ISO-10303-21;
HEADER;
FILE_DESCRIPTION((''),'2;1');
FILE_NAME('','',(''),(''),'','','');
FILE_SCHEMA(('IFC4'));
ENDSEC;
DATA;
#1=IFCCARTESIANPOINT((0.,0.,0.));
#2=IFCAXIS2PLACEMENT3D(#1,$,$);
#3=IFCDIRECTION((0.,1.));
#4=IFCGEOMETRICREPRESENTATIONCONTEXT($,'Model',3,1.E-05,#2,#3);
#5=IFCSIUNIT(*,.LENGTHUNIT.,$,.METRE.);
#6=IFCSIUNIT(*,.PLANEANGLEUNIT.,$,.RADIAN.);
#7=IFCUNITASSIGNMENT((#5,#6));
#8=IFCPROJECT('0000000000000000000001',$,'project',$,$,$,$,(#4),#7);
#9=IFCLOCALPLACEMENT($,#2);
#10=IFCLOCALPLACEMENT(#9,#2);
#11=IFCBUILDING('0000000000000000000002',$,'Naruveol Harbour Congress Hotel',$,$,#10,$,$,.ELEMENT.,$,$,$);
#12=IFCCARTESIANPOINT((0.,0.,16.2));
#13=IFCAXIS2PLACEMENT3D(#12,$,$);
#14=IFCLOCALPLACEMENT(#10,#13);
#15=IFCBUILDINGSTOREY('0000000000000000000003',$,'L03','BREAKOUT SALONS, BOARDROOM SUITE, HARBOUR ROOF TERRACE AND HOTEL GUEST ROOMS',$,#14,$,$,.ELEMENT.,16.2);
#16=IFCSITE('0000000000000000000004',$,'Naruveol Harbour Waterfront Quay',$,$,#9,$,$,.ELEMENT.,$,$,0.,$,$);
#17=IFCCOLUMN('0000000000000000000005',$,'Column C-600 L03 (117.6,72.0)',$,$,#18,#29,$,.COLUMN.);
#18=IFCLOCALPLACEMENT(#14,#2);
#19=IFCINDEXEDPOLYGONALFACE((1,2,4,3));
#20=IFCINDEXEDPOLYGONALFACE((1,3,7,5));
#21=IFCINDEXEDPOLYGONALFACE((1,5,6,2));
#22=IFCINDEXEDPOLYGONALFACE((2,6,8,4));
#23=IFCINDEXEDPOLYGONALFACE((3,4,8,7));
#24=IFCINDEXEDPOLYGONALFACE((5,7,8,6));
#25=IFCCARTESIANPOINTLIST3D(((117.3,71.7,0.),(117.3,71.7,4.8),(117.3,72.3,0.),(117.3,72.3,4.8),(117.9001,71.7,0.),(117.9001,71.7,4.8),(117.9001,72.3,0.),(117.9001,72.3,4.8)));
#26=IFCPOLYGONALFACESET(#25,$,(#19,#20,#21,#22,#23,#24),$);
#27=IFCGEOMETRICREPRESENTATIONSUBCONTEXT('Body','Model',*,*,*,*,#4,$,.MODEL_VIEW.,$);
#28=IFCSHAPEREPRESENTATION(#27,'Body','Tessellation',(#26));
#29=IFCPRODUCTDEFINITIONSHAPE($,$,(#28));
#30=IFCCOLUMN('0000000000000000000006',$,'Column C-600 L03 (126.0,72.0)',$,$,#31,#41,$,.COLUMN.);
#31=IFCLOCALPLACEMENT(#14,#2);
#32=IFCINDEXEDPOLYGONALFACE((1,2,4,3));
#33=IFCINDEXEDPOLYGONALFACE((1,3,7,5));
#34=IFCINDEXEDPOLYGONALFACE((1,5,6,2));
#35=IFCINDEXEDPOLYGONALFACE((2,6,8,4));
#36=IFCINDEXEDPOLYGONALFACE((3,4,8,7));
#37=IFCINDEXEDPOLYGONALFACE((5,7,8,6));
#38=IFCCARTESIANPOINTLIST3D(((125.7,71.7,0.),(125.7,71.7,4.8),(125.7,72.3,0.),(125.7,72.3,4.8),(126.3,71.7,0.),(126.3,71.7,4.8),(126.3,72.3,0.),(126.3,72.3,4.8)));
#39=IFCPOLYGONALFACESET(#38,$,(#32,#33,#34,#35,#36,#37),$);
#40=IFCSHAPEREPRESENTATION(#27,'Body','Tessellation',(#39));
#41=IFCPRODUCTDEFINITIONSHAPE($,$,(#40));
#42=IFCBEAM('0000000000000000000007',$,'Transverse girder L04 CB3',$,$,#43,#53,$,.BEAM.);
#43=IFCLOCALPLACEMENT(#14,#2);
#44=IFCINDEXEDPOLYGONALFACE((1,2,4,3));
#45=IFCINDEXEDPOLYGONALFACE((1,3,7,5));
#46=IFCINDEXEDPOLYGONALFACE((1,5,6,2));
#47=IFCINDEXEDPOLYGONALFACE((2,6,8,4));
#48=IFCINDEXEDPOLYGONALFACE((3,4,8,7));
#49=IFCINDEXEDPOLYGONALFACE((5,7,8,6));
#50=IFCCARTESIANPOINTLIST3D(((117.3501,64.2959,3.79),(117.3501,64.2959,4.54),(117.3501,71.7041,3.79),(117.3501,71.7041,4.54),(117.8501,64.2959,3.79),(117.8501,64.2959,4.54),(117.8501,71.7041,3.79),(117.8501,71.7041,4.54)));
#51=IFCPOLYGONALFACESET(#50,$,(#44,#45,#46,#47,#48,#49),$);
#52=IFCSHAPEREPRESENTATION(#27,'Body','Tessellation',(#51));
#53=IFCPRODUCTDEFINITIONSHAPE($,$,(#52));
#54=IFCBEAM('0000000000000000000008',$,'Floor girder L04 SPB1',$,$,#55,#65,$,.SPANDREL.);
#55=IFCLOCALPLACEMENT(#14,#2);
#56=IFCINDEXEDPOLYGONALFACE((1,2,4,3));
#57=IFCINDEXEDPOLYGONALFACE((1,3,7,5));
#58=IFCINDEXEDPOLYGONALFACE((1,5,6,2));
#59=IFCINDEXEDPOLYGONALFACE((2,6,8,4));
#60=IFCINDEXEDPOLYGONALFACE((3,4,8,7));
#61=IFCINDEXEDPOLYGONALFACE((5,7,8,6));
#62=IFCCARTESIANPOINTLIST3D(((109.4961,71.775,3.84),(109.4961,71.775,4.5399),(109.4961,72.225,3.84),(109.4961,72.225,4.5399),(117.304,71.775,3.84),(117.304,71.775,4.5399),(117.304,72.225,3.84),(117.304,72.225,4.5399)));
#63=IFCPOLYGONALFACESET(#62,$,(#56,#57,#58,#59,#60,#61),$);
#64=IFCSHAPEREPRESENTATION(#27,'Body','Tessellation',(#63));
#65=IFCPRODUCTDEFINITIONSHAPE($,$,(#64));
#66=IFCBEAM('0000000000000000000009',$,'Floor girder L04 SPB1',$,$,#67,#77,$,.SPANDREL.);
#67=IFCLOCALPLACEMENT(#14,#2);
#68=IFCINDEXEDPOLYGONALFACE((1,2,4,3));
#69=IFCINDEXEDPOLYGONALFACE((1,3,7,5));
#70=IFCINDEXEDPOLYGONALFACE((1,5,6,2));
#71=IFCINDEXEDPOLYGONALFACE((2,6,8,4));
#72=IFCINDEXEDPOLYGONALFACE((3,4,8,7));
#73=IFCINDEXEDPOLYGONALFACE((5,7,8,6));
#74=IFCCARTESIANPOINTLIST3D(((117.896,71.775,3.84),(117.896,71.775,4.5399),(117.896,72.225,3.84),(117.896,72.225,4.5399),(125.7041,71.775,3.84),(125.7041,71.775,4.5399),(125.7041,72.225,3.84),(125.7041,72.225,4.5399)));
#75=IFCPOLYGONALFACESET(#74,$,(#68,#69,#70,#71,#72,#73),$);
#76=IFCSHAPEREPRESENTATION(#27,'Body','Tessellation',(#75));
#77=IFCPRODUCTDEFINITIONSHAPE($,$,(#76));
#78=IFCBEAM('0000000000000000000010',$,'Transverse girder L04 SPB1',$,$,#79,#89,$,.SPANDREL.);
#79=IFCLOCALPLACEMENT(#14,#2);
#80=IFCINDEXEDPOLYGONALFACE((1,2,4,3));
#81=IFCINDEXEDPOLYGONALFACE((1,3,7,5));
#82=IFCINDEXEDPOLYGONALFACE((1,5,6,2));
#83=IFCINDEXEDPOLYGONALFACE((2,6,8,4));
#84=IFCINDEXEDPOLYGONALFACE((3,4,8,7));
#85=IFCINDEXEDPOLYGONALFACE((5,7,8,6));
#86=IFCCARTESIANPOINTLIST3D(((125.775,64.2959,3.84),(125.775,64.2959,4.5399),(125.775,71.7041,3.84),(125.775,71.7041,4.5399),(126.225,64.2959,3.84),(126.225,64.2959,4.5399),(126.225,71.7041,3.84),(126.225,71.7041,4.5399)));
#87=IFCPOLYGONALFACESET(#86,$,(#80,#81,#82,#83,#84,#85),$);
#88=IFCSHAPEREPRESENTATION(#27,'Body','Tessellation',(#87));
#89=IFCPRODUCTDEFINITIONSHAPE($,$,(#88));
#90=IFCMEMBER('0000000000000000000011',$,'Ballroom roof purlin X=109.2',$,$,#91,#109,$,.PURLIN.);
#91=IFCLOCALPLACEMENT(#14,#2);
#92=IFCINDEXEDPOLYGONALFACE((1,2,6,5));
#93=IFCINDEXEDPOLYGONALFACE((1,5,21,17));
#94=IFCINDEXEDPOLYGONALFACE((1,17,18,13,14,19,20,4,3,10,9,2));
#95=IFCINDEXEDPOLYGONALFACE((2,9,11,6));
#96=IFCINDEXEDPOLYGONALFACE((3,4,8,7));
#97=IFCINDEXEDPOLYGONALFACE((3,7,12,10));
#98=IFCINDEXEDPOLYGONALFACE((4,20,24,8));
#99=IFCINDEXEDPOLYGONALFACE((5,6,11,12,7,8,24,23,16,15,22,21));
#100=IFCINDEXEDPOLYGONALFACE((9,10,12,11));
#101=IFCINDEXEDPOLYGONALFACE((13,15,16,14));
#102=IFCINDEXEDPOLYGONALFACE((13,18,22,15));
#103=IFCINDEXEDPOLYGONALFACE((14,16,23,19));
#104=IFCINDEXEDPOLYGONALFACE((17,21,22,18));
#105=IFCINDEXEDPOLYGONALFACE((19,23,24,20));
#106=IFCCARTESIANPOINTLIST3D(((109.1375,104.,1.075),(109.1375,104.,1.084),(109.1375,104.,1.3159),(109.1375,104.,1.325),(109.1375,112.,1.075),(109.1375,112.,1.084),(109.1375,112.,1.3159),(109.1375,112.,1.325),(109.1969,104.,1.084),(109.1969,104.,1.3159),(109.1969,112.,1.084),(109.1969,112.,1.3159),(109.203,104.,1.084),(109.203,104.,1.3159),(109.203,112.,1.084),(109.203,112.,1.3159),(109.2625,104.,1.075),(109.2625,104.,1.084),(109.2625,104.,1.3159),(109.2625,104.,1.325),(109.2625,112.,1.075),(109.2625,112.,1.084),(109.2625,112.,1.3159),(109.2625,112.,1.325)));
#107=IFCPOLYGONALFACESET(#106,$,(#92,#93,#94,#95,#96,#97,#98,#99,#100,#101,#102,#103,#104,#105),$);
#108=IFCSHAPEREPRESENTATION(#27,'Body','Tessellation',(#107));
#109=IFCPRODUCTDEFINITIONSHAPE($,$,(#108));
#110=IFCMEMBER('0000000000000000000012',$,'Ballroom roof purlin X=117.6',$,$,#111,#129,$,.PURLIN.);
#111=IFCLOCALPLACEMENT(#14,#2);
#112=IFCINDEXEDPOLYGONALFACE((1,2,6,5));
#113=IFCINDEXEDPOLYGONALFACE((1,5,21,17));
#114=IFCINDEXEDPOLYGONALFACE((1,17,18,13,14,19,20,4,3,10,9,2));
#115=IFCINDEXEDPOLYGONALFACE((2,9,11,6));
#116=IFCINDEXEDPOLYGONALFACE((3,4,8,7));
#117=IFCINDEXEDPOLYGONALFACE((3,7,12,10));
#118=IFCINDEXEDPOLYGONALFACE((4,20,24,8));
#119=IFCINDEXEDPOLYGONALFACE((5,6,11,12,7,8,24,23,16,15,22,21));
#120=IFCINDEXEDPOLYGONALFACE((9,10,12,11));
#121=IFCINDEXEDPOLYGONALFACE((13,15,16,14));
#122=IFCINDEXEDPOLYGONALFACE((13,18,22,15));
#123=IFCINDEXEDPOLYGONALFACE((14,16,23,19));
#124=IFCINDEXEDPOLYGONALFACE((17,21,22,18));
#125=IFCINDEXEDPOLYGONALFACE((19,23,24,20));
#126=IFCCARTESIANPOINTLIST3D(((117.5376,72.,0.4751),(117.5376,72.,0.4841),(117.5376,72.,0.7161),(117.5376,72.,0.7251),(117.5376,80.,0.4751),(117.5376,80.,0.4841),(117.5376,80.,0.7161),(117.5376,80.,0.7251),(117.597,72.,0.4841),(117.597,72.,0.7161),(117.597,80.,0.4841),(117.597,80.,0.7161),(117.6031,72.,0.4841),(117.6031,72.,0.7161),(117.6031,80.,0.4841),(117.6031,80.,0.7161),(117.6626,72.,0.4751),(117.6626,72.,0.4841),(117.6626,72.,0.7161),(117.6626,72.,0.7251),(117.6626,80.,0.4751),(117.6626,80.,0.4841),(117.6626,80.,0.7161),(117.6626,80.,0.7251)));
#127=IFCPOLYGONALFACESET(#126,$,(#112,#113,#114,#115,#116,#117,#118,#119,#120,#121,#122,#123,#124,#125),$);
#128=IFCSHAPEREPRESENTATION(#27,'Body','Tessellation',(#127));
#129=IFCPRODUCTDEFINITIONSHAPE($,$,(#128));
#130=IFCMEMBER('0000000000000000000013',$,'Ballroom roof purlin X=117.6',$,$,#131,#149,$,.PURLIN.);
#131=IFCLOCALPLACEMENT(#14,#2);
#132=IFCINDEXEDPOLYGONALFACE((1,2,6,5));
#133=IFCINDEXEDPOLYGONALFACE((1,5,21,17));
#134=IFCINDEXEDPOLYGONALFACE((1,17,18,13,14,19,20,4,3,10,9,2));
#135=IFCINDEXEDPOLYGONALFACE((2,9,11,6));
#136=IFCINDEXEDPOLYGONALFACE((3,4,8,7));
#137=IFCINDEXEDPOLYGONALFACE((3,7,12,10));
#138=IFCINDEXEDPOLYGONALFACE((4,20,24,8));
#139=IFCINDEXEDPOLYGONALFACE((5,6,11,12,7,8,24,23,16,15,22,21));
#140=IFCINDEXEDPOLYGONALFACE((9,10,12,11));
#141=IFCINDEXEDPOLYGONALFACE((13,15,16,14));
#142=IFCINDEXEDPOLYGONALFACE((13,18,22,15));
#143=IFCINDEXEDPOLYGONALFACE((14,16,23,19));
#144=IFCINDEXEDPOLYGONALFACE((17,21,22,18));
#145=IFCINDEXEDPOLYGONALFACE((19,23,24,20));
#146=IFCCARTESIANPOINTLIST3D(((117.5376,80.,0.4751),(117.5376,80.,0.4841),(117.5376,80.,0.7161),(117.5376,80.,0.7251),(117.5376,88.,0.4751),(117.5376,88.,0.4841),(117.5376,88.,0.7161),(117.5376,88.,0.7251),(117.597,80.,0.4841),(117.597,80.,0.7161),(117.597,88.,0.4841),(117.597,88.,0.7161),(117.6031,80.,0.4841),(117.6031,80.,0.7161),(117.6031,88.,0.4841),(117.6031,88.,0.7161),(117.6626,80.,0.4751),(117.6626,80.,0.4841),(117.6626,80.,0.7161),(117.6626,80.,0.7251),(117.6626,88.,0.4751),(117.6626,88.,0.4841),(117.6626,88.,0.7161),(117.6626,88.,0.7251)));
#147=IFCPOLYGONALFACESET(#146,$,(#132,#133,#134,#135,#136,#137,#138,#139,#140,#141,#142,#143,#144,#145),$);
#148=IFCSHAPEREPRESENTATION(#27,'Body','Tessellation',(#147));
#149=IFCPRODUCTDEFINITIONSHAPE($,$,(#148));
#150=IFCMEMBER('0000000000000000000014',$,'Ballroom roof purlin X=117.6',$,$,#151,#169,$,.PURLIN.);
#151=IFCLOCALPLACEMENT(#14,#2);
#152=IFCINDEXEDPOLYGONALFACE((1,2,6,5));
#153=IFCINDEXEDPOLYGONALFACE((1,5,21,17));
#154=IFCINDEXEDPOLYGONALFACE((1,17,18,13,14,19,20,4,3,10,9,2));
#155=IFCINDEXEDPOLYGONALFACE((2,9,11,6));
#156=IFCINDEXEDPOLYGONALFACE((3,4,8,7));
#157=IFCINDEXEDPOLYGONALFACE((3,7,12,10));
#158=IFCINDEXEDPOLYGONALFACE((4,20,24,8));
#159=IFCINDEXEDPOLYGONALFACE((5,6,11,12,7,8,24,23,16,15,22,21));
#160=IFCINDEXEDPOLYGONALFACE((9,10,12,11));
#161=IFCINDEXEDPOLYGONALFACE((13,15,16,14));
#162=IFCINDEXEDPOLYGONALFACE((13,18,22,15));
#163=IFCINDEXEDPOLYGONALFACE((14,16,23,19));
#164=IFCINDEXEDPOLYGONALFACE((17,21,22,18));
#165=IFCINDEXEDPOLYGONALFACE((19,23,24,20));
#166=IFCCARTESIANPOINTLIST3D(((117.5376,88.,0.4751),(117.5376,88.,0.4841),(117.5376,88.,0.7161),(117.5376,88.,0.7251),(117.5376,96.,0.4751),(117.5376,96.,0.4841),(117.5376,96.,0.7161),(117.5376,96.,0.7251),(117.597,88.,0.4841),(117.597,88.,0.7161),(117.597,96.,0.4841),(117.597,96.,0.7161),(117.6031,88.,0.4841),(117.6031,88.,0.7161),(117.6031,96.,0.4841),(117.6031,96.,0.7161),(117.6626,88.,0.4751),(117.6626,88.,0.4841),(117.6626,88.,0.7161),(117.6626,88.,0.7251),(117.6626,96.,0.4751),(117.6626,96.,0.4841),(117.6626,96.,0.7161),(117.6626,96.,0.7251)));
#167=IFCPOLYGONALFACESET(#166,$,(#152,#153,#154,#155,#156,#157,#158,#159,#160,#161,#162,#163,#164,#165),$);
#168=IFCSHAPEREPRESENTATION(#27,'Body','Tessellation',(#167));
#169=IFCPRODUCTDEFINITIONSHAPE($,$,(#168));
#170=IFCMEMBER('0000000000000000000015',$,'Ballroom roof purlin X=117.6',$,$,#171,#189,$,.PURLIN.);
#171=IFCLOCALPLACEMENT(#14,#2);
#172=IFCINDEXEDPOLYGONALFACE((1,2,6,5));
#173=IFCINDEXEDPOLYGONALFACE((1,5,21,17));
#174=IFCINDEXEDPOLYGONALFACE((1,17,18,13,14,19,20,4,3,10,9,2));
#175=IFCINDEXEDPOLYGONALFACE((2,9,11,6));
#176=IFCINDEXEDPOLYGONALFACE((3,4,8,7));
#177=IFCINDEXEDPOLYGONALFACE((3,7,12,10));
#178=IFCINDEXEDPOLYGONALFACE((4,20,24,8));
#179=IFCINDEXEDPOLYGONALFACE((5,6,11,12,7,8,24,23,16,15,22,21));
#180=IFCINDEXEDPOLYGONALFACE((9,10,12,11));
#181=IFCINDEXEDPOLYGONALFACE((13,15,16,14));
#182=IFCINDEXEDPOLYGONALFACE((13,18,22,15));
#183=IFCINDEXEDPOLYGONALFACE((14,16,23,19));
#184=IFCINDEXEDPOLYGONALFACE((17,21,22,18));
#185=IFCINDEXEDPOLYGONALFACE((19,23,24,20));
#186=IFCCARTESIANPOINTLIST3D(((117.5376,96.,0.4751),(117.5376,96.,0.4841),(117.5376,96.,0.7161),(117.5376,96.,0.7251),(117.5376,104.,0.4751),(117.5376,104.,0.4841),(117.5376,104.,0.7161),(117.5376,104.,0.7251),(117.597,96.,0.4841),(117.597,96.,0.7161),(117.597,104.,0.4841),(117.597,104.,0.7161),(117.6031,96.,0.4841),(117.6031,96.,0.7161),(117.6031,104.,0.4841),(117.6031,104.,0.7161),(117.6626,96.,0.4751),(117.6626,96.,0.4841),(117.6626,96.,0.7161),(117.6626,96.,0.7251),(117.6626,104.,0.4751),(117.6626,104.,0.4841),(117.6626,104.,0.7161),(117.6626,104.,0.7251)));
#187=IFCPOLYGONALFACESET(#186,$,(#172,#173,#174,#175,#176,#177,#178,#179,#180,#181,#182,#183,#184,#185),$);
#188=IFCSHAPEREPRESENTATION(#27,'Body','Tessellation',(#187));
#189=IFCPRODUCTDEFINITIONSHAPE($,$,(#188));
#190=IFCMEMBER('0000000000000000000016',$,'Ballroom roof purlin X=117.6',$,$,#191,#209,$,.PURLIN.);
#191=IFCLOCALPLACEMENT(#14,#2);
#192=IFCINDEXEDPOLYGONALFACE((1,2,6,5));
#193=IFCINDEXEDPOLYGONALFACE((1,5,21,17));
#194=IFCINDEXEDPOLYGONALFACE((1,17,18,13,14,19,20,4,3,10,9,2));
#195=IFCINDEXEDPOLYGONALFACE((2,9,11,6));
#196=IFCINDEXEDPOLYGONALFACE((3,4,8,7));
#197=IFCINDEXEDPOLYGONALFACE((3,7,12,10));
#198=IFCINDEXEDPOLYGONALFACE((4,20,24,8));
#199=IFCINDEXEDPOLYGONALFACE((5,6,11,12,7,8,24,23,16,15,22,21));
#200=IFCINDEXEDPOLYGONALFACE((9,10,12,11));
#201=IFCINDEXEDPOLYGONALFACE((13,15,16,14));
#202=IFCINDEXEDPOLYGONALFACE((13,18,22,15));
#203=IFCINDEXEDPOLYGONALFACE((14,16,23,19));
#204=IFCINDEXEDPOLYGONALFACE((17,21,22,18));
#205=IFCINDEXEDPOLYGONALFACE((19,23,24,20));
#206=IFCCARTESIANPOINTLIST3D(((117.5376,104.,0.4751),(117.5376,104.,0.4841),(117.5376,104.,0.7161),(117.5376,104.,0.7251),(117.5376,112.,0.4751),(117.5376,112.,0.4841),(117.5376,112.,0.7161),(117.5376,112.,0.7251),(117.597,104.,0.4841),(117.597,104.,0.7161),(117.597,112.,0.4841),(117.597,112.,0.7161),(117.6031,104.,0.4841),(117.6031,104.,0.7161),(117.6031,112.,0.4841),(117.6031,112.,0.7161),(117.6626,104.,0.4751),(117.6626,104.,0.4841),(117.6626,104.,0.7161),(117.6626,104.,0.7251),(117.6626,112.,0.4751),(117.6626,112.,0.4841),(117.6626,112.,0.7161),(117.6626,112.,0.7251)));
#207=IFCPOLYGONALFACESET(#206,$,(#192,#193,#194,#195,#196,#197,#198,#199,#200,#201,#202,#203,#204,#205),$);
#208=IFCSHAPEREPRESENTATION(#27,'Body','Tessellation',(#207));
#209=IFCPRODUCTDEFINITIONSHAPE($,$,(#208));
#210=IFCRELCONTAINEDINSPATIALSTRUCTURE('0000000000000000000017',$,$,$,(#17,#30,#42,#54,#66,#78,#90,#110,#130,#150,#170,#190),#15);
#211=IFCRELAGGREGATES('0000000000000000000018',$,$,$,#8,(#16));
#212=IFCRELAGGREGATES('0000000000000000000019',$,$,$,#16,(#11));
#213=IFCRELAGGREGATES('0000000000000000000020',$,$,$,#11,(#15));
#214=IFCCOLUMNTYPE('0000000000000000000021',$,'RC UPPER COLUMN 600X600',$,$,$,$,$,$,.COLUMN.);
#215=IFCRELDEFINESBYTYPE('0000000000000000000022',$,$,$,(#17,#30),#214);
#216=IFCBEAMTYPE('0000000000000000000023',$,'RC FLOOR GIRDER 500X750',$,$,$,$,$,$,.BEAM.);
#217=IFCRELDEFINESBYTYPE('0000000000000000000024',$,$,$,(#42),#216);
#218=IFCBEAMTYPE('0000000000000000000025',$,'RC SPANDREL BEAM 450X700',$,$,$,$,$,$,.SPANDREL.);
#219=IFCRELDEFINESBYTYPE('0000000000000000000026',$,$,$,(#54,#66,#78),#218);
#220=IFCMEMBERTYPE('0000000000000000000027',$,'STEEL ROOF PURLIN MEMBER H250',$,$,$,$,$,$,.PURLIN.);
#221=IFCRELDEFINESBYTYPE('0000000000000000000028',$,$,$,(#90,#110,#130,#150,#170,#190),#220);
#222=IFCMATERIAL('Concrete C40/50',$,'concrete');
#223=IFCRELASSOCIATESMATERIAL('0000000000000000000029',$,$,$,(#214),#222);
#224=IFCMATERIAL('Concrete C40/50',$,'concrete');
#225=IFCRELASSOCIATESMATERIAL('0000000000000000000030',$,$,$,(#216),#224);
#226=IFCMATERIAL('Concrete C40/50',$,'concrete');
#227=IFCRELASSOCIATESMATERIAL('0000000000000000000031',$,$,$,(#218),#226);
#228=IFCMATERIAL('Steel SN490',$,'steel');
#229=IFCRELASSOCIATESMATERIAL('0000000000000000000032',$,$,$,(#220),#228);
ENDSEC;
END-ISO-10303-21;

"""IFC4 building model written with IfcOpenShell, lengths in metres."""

from ifc_helpers import new_model, si_unit, direction, frame, origin, origin_2d, place, context, subcontext, project, spatial, rectangle, i_section, extrude, material, material_profile, profile_set, type_object, element, save


model = new_model("IFC4")

# Units and contexts
model_context = context("Model", 3, precision=1e-05, world=origin(), true_north=direction((0.0, 1.0)))
body_context = subcontext(model_context, "Body", "Model", "MODEL_VIEW")
ifc_project = project(units=[si_unit("LENGTHUNIT", "METRE"), si_unit("PLANEANGLEUNIT", "RADIAN")], contexts=[model_context])

# Site, building, storey
site_placement = place(None, origin())
site = spatial("IfcSite", under=ifc_project, at=site_placement, Name="Naruveol Harbour Waterfront Quay", CompositionType="ELEMENT", RefElevation=0.0)
building_placement = place(site_placement, origin())
building = spatial("IfcBuilding", under=site, at=building_placement, Name="Naruveol Harbour Congress Hotel", CompositionType="ELEMENT")
storey_placement = place(building_placement, frame((0.0, 0.0, 16.2)))
storey = spatial("IfcBuildingStorey", under=building, at=storey_placement, Name="L03", Description="BREAKOUT SALONS, BOARDROOM SUITE, HARBOUR ROOF TERRACE AND HOTEL GUEST ROOMS", CompositionType="ELEMENT", Elevation=16.2)

# Columns
ifc_material_1 = material(Name="Concrete C40/50", Category="concrete")
ifc_material_profile_1 = material_profile(ifc_material_1, rectangle(XDim=0.6001, YDim=0.6001, at=origin_2d()), Name="RC-600x600")
ifc_profile_set_1 = profile_set([ifc_material_profile_1], Name="Concrete C40/50")
column_type = type_object("IfcColumnType", Name="RC UPPER COLUMN 600X600", PredefinedType="COLUMN", material=ifc_profile_set_1)
for number, where, z_axis, x_axis, name in (
    (1, (117.6001, 72.0, 0.0), (0.0, 0.0, 1.0), (1.0, 0.0, 0.0), "Column C-600 L03 (117.6,72.0)"),
    (2, (126.0, 72.0, 0.0), (0.0, 0.0, 1.0), (1.0, 0.0, 0.0), "Column C-600 L03 (126.0,72.0)"),
):
    element("IfcColumn", number, at=place(storey_placement, frame(where, z_axis=z_axis, x_axis=x_axis)), inside=storey, type_object=column_type, Name=name, PredefinedType="COLUMN", context=body_context, shape_type="SweptSolid", body=[
        extrude(rectangle(XDim=0.6001, YDim=0.6001, at=origin_2d()), origin(), (0.0, 0.0, 1.0), 4.8),
    ])

# Beams
ifc_material_2 = material(Name="Concrete C40/50", Category="concrete")
ifc_material_profile_2 = material_profile(ifc_material_2, rectangle(XDim=0.5, YDim=0.75, at=origin_2d()), Name="RCB-500x750")
ifc_profile_set_2 = profile_set([ifc_material_profile_2], Name="Concrete C40/50")
beam_type_1 = type_object("IfcBeamType", Name="RC FLOOR GIRDER 500X750", PredefinedType="BEAM", material=ifc_profile_set_2)
beam_1_placement = place(storey_placement, frame((117.6001, 64.2959, 4.165), z_axis=(0.0, 1.0, 0.0), x_axis=(-1.0, 0.0, 0.0)))
element("IfcBeam", 3, at=beam_1_placement, inside=storey, type_object=beam_type_1, Name="Transverse girder L04 CB3", PredefinedType="BEAM", context=body_context, shape_type="SweptSolid", body=[
    extrude(rectangle(XDim=0.5, YDim=0.75, at=origin_2d()), origin(), (0.0, 0.0, 1.0), 7.4082),
])
ifc_material_3 = material(Name="Concrete C40/50", Category="concrete")
ifc_material_profile_3 = material_profile(ifc_material_3, rectangle(XDim=0.45, YDim=0.7, at=origin_2d()), Name="RCB-450x700")
ifc_profile_set_3 = profile_set([ifc_material_profile_3], Name="Concrete C40/50")
beam_type_2 = type_object("IfcBeamType", Name="RC SPANDREL BEAM 450X700", PredefinedType="SPANDREL", material=ifc_profile_set_3)
beam_2_placement = place(storey_placement, frame((109.4961, 72.0, 4.1899), z_axis=(1.0, 0.0, 0.0), x_axis=(0.0, 1.0, 0.0)))
element("IfcBeam", 4, at=beam_2_placement, inside=storey, type_object=beam_type_2, Name="Floor girder L04 SPB1", PredefinedType="SPANDREL", context=body_context, shape_type="SweptSolid", body=[
    extrude(rectangle(XDim=0.45, YDim=0.7, at=origin_2d()), origin(), (0.0, 0.0, 1.0), 7.8079),
])
beam_3_placement = place(storey_placement, frame((117.896, 72.0, 4.1899), z_axis=(1.0, 0.0, 0.0), x_axis=(0.0, 1.0, 0.0)))
element("IfcBeam", 5, at=beam_3_placement, inside=storey, type_object=beam_type_2, Name="Floor girder L04 SPB1", PredefinedType="SPANDREL", context=body_context, shape_type="SweptSolid", body=[
    extrude(rectangle(XDim=0.45, YDim=0.7, at=origin_2d()), origin(), (0.0, 0.0, 1.0), 7.8081),
])
beam_4_placement = place(storey_placement, frame((126.0, 64.2959, 4.1899), z_axis=(0.0, 1.0, 0.0), x_axis=(-1.0, 0.0, 0.0)))
element("IfcBeam", 6, at=beam_4_placement, inside=storey, type_object=beam_type_2, Name="Transverse girder L04 SPB1", PredefinedType="SPANDREL", context=body_context, shape_type="SweptSolid", body=[
    extrude(rectangle(XDim=0.45, YDim=0.7, at=origin_2d()), origin(), (0.0, 0.0, 1.0), 7.4082),
])

# Members
ifc_material_4 = material(Name="Steel SN490", Category="steel")
ifc_material_profile_4 = material_profile(ifc_material_4, i_section(OverallWidth=0.125, OverallDepth=0.25, WebThickness=0.0061, FlangeThickness=0.009, at=origin_2d()), Name="H-250x125x6x9")
ifc_profile_set_4 = profile_set([ifc_material_profile_4], Name="Steel SN490")
member_type = type_object("IfcMemberType", Name="STEEL ROOF PURLIN MEMBER H250", PredefinedType="PURLIN", material=ifc_profile_set_4)
for number, where, z_axis, x_axis, name in (
    (7, (109.2, 104.0, 1.2), (0.0, 1.0, 0.0), (-1.0, 0.0, 0.0), "Ballroom roof purlin X=109.2"),
    (8, (117.6001, 72.0, 0.6001), (0.0, 1.0, 0.0), (-1.0, 0.0, 0.0), "Ballroom roof purlin X=117.6"),
    (9, (117.6001, 80.0, 0.6001), (0.0, 1.0, 0.0), (-1.0, 0.0, 0.0), "Ballroom roof purlin X=117.6"),
    (10, (117.6001, 88.0, 0.6001), (0.0, 1.0, 0.0), (-1.0, 0.0, 0.0), "Ballroom roof purlin X=117.6"),
    (11, (117.6001, 96.0, 0.6001), (0.0, 1.0, 0.0), (-1.0, 0.0, 0.0), "Ballroom roof purlin X=117.6"),
    (12, (117.6001, 104.0, 0.6001), (0.0, 1.0, 0.0), (-1.0, 0.0, 0.0), "Ballroom roof purlin X=117.6"),
):
    element("IfcMember", number, at=place(storey_placement, frame(where, z_axis=z_axis, x_axis=x_axis)), inside=storey, type_object=member_type, Name=name, PredefinedType="PURLIN", context=body_context, shape_type="SweptSolid", body=[
        extrude(i_section(OverallWidth=0.125, OverallDepth=0.25, WebThickness=0.0061, FlangeThickness=0.009, at=origin_2d()), origin(), (0.0, 0.0, 1.0), 8.0),
    ])

save(model, "model.ifc")
